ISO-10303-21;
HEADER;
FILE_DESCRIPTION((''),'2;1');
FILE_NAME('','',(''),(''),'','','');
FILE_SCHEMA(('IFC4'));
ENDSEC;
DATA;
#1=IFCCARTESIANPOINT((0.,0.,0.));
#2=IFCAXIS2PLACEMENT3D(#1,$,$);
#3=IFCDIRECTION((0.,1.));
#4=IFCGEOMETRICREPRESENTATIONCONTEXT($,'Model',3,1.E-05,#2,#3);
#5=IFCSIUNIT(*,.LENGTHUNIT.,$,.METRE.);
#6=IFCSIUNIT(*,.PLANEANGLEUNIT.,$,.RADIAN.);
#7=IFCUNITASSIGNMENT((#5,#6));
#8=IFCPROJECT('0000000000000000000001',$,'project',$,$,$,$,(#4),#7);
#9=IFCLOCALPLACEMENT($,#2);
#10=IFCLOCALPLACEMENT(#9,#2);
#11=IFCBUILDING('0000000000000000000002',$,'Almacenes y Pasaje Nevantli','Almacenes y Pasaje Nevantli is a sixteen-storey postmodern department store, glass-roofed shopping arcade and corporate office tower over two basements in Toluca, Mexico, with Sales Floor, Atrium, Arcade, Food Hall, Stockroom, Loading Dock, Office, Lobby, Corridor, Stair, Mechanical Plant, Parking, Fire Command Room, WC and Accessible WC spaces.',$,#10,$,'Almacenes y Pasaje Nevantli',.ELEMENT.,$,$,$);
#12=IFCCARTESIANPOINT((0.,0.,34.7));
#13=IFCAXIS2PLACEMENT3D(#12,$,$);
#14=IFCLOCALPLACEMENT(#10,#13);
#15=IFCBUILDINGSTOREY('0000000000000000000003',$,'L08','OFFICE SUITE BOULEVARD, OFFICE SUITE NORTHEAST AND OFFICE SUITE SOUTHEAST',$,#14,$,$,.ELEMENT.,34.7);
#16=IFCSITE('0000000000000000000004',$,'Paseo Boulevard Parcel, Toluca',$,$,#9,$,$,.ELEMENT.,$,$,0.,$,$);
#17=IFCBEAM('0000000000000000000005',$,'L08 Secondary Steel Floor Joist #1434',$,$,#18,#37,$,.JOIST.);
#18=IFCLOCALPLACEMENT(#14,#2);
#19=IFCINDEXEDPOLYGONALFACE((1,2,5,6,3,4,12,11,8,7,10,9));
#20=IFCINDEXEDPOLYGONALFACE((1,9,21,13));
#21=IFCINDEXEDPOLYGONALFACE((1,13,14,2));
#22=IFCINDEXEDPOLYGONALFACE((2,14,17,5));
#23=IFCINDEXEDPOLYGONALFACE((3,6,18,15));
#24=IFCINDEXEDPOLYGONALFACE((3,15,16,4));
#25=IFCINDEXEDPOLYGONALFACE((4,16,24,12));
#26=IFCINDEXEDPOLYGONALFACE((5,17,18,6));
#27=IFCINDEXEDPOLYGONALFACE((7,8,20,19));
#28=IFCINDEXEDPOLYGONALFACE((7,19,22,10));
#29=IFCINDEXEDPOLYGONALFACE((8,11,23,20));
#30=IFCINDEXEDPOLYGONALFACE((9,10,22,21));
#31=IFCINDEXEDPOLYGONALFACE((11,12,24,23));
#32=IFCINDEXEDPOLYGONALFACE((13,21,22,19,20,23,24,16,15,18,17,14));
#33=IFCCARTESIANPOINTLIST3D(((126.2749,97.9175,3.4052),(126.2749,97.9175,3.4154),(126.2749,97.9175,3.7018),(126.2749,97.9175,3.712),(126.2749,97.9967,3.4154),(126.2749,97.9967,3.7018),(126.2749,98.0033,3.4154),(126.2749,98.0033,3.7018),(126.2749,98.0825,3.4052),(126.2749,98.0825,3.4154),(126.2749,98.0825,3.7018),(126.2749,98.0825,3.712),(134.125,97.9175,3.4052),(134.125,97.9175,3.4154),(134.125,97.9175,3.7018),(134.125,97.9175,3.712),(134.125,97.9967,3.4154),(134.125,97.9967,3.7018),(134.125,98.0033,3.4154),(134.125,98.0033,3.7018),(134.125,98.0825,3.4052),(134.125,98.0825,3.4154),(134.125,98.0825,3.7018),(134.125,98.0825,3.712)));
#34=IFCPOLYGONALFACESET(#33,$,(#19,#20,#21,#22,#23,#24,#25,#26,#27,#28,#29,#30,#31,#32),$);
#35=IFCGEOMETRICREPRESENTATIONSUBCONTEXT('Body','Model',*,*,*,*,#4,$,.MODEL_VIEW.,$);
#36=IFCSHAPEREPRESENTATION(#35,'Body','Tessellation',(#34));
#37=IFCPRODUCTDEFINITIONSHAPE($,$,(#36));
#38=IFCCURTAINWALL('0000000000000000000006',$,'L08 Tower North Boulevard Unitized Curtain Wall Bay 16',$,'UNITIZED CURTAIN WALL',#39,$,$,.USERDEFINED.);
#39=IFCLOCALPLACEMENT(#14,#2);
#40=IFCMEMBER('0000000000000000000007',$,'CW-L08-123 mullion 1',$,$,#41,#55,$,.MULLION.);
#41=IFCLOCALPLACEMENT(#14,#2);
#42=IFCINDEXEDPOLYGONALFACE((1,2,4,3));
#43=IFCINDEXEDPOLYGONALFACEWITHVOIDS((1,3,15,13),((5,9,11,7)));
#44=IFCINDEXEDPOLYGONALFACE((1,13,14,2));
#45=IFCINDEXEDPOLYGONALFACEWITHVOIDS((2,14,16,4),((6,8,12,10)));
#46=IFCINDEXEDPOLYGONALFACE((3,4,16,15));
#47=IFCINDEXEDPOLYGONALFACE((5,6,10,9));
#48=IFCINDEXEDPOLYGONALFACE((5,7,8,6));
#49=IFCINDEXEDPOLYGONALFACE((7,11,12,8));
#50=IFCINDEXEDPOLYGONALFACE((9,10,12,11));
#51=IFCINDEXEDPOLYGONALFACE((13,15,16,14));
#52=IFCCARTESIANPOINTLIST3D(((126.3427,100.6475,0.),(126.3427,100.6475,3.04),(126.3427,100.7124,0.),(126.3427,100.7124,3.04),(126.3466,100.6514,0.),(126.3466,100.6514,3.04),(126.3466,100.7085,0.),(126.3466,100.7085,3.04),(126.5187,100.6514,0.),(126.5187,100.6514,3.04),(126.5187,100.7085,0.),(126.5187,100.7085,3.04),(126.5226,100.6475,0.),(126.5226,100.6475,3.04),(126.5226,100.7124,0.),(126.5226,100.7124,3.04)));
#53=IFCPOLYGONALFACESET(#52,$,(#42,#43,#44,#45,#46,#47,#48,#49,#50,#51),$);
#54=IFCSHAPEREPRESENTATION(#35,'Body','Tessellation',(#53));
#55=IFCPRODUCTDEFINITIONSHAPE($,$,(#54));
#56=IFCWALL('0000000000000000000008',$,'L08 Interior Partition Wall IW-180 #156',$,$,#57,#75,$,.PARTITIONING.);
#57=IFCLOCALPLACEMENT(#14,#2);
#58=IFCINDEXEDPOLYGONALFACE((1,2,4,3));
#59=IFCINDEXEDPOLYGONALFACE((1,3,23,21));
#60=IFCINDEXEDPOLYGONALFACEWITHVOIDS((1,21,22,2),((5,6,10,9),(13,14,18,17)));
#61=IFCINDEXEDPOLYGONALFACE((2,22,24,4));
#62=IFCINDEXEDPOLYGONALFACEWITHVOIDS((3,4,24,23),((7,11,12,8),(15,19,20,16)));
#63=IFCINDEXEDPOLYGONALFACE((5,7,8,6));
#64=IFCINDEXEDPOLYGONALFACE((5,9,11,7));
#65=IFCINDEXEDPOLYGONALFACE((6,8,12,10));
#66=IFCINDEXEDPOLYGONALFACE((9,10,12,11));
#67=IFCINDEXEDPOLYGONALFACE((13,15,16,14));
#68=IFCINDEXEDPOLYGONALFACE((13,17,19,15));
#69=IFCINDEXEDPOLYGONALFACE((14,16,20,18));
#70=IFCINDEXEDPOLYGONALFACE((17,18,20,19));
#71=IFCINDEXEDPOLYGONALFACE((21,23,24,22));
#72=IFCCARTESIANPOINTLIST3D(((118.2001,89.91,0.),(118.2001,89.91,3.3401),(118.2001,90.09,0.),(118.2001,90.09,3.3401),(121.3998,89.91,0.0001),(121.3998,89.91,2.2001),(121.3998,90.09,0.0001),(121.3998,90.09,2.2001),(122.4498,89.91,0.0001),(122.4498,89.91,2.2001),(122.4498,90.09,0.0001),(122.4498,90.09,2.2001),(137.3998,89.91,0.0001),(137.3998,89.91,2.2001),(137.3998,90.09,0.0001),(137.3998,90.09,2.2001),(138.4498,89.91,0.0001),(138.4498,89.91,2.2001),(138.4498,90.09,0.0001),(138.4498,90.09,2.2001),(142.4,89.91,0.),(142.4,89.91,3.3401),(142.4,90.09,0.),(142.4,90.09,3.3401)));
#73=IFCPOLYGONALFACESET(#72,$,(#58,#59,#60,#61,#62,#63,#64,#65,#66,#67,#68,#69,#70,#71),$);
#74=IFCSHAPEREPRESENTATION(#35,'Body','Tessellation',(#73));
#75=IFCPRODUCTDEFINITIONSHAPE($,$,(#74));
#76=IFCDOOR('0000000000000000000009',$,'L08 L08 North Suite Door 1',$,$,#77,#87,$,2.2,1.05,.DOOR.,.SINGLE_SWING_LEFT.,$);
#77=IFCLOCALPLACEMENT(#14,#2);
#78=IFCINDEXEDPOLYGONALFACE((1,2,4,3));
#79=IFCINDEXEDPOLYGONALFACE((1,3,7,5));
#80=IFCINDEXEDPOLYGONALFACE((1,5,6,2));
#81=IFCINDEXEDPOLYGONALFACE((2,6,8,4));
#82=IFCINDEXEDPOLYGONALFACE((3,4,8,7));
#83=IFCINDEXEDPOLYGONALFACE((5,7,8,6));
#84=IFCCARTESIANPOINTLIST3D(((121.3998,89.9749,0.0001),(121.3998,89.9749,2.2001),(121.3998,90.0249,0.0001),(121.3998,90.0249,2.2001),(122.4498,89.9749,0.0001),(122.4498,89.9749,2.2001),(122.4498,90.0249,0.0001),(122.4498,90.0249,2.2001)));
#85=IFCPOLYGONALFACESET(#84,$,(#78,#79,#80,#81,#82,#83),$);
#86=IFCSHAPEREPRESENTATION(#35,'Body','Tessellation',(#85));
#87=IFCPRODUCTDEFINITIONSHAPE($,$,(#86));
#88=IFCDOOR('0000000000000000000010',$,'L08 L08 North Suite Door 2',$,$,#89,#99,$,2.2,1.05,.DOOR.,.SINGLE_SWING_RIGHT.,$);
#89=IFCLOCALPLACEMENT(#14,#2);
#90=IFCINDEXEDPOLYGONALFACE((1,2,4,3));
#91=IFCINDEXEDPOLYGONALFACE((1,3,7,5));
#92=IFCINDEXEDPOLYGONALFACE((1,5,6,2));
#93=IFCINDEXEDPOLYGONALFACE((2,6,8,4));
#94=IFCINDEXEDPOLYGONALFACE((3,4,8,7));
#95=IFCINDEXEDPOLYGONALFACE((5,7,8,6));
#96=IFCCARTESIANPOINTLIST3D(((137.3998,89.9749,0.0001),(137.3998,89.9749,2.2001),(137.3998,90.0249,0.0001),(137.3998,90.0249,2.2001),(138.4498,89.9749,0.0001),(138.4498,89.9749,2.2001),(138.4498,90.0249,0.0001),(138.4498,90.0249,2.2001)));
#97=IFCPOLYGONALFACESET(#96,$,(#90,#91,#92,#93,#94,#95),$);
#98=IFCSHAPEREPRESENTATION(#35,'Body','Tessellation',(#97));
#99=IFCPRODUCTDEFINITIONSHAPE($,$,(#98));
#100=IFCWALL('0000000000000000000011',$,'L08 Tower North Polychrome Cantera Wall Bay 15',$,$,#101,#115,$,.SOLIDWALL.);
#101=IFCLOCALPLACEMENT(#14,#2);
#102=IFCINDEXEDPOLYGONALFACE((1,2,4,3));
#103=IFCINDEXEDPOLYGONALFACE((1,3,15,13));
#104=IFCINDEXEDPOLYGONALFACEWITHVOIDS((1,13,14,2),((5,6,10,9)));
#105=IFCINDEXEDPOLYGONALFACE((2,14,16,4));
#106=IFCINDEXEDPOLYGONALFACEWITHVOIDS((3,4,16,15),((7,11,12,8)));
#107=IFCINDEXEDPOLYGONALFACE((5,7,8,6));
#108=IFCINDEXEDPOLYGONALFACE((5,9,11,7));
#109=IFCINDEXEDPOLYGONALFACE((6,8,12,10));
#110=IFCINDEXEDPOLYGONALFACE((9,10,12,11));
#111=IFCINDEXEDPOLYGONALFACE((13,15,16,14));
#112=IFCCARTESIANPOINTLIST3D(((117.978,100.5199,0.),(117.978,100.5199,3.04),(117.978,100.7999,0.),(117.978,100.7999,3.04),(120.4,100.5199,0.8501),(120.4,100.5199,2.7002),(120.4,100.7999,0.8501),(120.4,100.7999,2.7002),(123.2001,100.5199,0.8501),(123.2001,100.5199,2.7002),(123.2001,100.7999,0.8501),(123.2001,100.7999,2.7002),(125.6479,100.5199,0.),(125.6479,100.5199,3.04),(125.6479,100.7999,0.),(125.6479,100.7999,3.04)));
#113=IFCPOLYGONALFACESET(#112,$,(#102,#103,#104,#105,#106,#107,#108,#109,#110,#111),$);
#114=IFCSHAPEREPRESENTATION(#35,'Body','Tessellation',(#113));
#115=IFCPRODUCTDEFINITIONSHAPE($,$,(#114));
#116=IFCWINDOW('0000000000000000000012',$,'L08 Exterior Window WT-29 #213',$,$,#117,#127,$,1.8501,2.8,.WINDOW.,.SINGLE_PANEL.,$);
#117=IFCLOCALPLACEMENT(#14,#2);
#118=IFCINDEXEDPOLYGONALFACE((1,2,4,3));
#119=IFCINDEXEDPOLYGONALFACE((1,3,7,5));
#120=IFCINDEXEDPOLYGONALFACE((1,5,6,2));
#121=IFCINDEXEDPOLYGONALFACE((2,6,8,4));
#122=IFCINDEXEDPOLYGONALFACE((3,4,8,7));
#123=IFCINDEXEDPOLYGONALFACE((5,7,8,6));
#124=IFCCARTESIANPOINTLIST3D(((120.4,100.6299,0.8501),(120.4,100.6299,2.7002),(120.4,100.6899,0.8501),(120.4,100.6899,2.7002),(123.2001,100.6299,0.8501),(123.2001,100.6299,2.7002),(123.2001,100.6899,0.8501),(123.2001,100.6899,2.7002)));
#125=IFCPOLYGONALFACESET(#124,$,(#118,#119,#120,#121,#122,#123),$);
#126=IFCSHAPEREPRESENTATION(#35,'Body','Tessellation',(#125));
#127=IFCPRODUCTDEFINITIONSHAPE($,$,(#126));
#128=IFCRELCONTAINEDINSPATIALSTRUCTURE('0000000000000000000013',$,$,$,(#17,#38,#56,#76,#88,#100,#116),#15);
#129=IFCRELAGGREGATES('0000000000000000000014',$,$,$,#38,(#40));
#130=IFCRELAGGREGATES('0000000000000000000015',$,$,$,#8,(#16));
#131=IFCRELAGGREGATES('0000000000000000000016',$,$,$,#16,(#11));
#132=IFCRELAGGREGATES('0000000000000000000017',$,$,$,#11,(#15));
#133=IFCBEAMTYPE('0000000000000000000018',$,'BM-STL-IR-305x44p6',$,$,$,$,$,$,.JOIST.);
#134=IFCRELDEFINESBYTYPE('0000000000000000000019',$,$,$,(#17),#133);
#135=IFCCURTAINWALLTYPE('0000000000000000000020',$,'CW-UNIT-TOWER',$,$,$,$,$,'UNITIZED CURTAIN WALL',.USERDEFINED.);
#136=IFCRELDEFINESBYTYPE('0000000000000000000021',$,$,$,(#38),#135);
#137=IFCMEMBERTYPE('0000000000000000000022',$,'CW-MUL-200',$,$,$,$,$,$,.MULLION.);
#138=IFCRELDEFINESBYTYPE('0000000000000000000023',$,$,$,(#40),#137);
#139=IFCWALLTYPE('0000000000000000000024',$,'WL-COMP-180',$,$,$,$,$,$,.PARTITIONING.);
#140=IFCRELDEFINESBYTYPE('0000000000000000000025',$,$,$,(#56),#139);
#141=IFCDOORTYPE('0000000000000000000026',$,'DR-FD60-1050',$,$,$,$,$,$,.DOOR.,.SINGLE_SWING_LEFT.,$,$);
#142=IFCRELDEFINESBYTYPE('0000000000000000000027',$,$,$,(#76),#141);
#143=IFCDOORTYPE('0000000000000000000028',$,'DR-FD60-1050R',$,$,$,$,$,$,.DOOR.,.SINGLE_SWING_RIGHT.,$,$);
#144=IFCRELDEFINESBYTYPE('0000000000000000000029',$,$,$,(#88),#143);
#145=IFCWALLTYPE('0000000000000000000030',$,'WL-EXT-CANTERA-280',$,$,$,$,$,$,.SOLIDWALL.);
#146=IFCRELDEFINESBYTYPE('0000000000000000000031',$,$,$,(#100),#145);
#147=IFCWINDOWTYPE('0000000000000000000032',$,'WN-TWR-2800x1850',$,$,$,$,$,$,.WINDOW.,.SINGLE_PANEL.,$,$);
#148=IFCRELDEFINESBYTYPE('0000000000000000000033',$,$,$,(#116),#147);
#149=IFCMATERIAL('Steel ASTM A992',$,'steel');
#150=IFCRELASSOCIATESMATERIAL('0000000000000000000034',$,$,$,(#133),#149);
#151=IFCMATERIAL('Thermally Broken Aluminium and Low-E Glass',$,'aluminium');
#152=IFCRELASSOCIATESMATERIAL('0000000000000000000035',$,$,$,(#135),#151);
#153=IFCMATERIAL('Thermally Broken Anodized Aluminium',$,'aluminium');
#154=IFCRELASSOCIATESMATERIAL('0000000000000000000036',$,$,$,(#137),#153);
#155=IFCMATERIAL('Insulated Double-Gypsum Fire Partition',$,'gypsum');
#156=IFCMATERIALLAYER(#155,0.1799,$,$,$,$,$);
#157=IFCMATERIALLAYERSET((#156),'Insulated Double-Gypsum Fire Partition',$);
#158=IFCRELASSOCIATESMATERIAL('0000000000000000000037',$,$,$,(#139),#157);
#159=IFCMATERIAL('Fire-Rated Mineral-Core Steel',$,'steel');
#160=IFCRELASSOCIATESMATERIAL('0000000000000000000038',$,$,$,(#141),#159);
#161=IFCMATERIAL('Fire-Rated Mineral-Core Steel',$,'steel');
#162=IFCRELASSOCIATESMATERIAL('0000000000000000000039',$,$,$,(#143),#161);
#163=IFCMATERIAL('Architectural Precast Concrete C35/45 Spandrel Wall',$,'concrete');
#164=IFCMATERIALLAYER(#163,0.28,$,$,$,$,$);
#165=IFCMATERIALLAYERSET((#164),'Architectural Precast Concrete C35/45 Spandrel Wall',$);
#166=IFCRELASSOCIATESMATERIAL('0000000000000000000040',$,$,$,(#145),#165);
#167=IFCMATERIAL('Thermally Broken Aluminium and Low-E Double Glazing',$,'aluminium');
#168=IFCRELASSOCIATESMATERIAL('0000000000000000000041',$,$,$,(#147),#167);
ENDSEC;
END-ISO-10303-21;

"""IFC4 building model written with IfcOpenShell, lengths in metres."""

from ifc_helpers import new_model, si_unit, direction, frame, frame_2d, origin, origin_2d, place, context, subcontext, project, spatial, rectangle, hollow_rectangle, i_section, extrude, material, layer, layer_set, material_profile, profile_set, type_object, element, fill, aggregate, save


model = new_model("IFC4")

# Units and contexts
model_context = context("Model", 3, precision=1e-05, world=origin(), true_north=direction((0.0, 1.0)))
body_context = subcontext(model_context, "Body", "Model", "MODEL_VIEW")
ifc_project = project(units=[si_unit("LENGTHUNIT", "METRE"), si_unit("PLANEANGLEUNIT", "RADIAN")], contexts=[model_context])

# Site, building, storey
site_placement = place(None, origin())
site = spatial("IfcSite", under=ifc_project, at=site_placement, Name="Paseo Boulevard Parcel, Toluca", CompositionType="ELEMENT", RefElevation=0.0)
building_placement = place(site_placement, origin())
building = spatial("IfcBuilding", under=site, at=building_placement, Name="Almacenes y Pasaje Nevantli", Description="Almacenes y Pasaje Nevantli is a sixteen-storey postmodern department store, glass-roofed shopping arcade and corporate office tower over two basements in Toluca, Mexico, with Sales Floor, Atrium, Arcade, Food Hall, Stockroom, Loading Dock, Office, Lobby, Corridor, Stair, Mechanical Plant, Parking, Fire Command Room, WC and Accessible WC spaces.", LongName="Almacenes y Pasaje Nevantli", CompositionType="ELEMENT")
storey_placement = place(building_placement, frame((0.0, 0.0, 34.7)))
storey = spatial("IfcBuildingStorey", under=building, at=storey_placement, Name="L08", Description="OFFICE SUITE BOULEVARD, OFFICE SUITE NORTHEAST AND OFFICE SUITE SOUTHEAST", CompositionType="ELEMENT", Elevation=34.7)

# Beam
ifc_material_1 = material(Name="Steel ASTM A992", Category="steel")
ifc_material_profile_1 = material_profile(ifc_material_1, i_section(OverallWidth=0.165, OverallDepth=0.3069, WebThickness=0.0066, FlangeThickness=0.0103, at=origin_2d()), Name="IR 305x44.6")
ifc_profile_set_1 = profile_set([ifc_material_profile_1], Name="Steel ASTM A992")
beam_type_1 = type_object("IfcBeamType", Name="BM-STL-IR-305x44p6", PredefinedType="JOIST", material=ifc_profile_set_1)
for number, where, z_axis, x_axis, name in (
    (1, (126.2749, 98.0, 3.5586), (1.0, 0.0, 0.0), (0.0, 1.0, 0.0), "L08 Secondary Steel Floor Joist #1434"),
):
    element("IfcBeam", number, at=place(storey_placement, frame(where, z_axis=z_axis, x_axis=x_axis)), inside=storey, type_object=beam_type_1, Name=name, PredefinedType="JOIST", context=body_context, shape_type="SweptSolid", body=[
        extrude(i_section(OverallWidth=0.165, OverallDepth=0.3069, WebThickness=0.0066, FlangeThickness=0.0103, at=origin_2d()), origin(), (0.0, 0.0, 1.0), 7.8501),
    ])

# Curtain wall, member
ifc_material_2 = material(Name="Thermally Broken Aluminium and Low-E Glass", Category="aluminium")
curtain_wall_type = type_object("IfcCurtainWallType", Name="CW-UNIT-TOWER", ElementType="UNITIZED CURTAIN WALL", PredefinedType="USERDEFINED", material=ifc_material_2)
curtain_wall_placement = place(storey_placement, origin())
curtain_wall = element("IfcCurtainWall", 2, at=curtain_wall_placement, inside=storey, type_object=curtain_wall_type, Name="L08 Tower North Boulevard Unitized Curtain Wall Bay 16", ObjectType="UNITIZED CURTAIN WALL", PredefinedType="USERDEFINED")
ifc_material_3 = material(Name="Thermally Broken Anodized Aluminium", Category="aluminium")
ifc_material_profile_2 = material_profile(ifc_material_3, hollow_rectangle(XDim=0.0649, YDim=0.1799, WallThickness=0.0039, at=origin_2d()), Name="ALU-MUL-65x180")
ifc_profile_set_2 = profile_set([ifc_material_profile_2], Name="Thermally Broken Anodized Aluminium")
member_type = type_object("IfcMemberType", Name="CW-MUL-200", PredefinedType="MULLION", material=ifc_profile_set_2)
member_placement = place(storey_placement, frame((126.4326, 100.6799, 0.0), z_axis=(0.0, 0.0, 1.0), x_axis=(0.0, 1.0, 0.0)))
member = element("IfcMember", 3, at=member_placement, type_object=member_type, Name="CW-L08-123 mullion 1", PredefinedType="MULLION", context=body_context, shape_type="SweptSolid", body=[
    extrude(hollow_rectangle(XDim=0.0649, YDim=0.1799, WallThickness=0.0039, at=origin_2d()), origin(), (0.0, 0.0, 1.0), 3.04),
])
aggregate(curtain_wall, [member])

# Wall, openings, doors
ifc_material_4 = material(Name="Insulated Double-Gypsum Fire Partition", Category="gypsum")
ifc_layer_1 = layer(ifc_material_4, 0.1799)
ifc_layer_set_1 = layer_set([ifc_layer_1], Name="Insulated Double-Gypsum Fire Partition")
wall_type_1 = type_object("IfcWallType", Name="WL-COMP-180", PredefinedType="PARTITIONING", material=ifc_layer_set_1)
wall_1_placement = place(storey_placement, frame((118.2, 90.0, 0.0), z_axis=(0.0, 0.0, 1.0), x_axis=(1.0, 0.0, 0.0)))
wall_1 = element("IfcWall", 4, at=wall_1_placement, inside=storey, type_object=wall_type_1, Name="L08 Interior Partition Wall IW-180 #156", PredefinedType="PARTITIONING", context=body_context, shape_type="SweptSolid", body=[
    extrude(rectangle(XDim=24.2, YDim=0.1799, at=frame_2d((12.1001, 0.0))), origin(), (0.0, 0.0, 1.0), 3.3401),
])
opening_1_placement = place(wall_1_placement, frame((3.2, 0.0, 0.0)))
opening_1 = element("IfcOpeningElement", 5, at=opening_1_placement, cuts=wall_1, PredefinedType="OPENING", context=body_context, shape_type="SweptSolid", body=[
    extrude(rectangle(XDim=1.05, YDim=2.2, at=frame_2d((0.5249, 1.1001))), frame((0.0, 0.0999, 0.0), z_axis=(0.0, -1.0, 0.0), x_axis=(1.0, 0.0, 0.0)), (0.0, 0.0, 1.0), 0.2),
])
opening_2_placement = place(wall_1_placement, frame((19.2, 0.0, 0.0)))
opening_2 = element("IfcOpeningElement", 6, at=opening_2_placement, cuts=wall_1, PredefinedType="OPENING", context=body_context, shape_type="SweptSolid", body=[
    extrude(rectangle(XDim=1.05, YDim=2.2, at=frame_2d((0.5249, 1.1001))), frame((0.0, 0.0999, 0.0), z_axis=(0.0, -1.0, 0.0), x_axis=(1.0, 0.0, 0.0)), (0.0, 0.0, 1.0), 0.2),
])
ifc_material_5 = material(Name="Fire-Rated Mineral-Core Steel", Category="steel")
door_type_1 = type_object("IfcDoorType", Name="DR-FD60-1050", OperationType="SINGLE_SWING_LEFT", PredefinedType="DOOR", material=ifc_material_5)
door_1_placement = place(opening_1_placement, origin())
door_1 = element("IfcDoor", 7, at=door_1_placement, inside=storey, type_object=door_type_1, Name="L08 L08 North Suite Door 1", OperationType="SINGLE_SWING_LEFT", OverallHeight=2.2, OverallWidth=1.05, PredefinedType="DOOR", context=body_context, shape_type="SweptSolid", body=[
    extrude(rectangle(XDim=1.05, YDim=2.2, at=frame_2d((0.5249, 1.1001))), frame((0.0, 0.0249, 0.0), z_axis=(0.0, -1.0, 0.0), x_axis=(1.0, 0.0, 0.0)), (0.0, 0.0, 1.0), 0.05),
])
fill(opening_1, door_1)
ifc_material_6 = material(Name="Fire-Rated Mineral-Core Steel", Category="steel")
door_type_2 = type_object("IfcDoorType", Name="DR-FD60-1050R", OperationType="SINGLE_SWING_RIGHT", PredefinedType="DOOR", material=ifc_material_6)
door_2_placement = place(opening_2_placement, origin())
door_2 = element("IfcDoor", 8, at=door_2_placement, inside=storey, type_object=door_type_2, Name="L08 L08 North Suite Door 2", OperationType="SINGLE_SWING_RIGHT", OverallHeight=2.2, OverallWidth=1.05, PredefinedType="DOOR", context=body_context, shape_type="SweptSolid", body=[
    extrude(rectangle(XDim=1.05, YDim=2.2, at=frame_2d((0.5249, 1.1001))), frame((0.0, 0.0249, 0.0), z_axis=(0.0, -1.0, 0.0), x_axis=(1.0, 0.0, 0.0)), (0.0, 0.0, 1.0), 0.05),
])
fill(opening_2, door_2)

# Wall, opening, window
ifc_material_7 = material(Name="Architectural Precast Concrete C35/45 Spandrel Wall", Category="concrete")
ifc_layer_2 = layer(ifc_material_7, 0.28)
ifc_layer_set_2 = layer_set([ifc_layer_2], Name="Architectural Precast Concrete C35/45 Spandrel Wall")
wall_type_2 = type_object("IfcWallType", Name="WL-EXT-CANTERA-280", PredefinedType="SOLIDWALL", material=ifc_layer_set_2)
wall_2_placement = place(storey_placement, frame((117.978, 100.6599, 0.0), z_axis=(0.0, 0.0, 1.0), x_axis=(1.0, 0.0, 0.0)))
wall_2 = element("IfcWall", 9, at=wall_2_placement, inside=storey, type_object=wall_type_2, Name="L08 Tower North Polychrome Cantera Wall Bay 15", PredefinedType="SOLIDWALL", context=body_context, shape_type="SweptSolid", body=[
    extrude(rectangle(XDim=7.6699, YDim=0.28, at=frame_2d((3.835, 0.0))), origin(), (0.0, 0.0, 1.0), 3.04),
])
opening_3_placement = place(wall_2_placement, frame((2.4221, 0.0, 0.8501)))
opening_3 = element("IfcOpeningElement", 10, at=opening_3_placement, cuts=wall_2, PredefinedType="OPENING", context=body_context, shape_type="SweptSolid", body=[
    extrude(rectangle(XDim=2.8, YDim=1.8501, at=frame_2d((1.3999, 0.925))), frame((0.0, 0.1499, 0.0), z_axis=(0.0, -1.0, 0.0), x_axis=(1.0, 0.0, 0.0)), (0.0, 0.0, 1.0), 0.3),
])
ifc_material_8 = material(Name="Thermally Broken Aluminium and Low-E Double Glazing", Category="aluminium")
window_type = type_object("IfcWindowType", Name="WN-TWR-2800x1850", PartitioningType="SINGLE_PANEL", PredefinedType="WINDOW", material=ifc_material_8)
window_placement = place(opening_3_placement, origin())
window = element("IfcWindow", 11, at=window_placement, inside=storey, type_object=window_type, Name="L08 Exterior Window WT-29 #213", OverallHeight=1.8501, OverallWidth=2.8, PartitioningType="SINGLE_PANEL", PredefinedType="WINDOW", context=body_context, shape_type="SweptSolid", body=[
    extrude(rectangle(XDim=2.8, YDim=1.8501, at=frame_2d((1.3999, 0.925))), frame((0.0, 0.03, 0.0), z_axis=(0.0, -1.0, 0.0), x_axis=(1.0, 0.0, 0.0)), (0.0, 0.0, 1.0), 0.0601),
])
fill(opening_3, window)

save(model, "model.ifc")
